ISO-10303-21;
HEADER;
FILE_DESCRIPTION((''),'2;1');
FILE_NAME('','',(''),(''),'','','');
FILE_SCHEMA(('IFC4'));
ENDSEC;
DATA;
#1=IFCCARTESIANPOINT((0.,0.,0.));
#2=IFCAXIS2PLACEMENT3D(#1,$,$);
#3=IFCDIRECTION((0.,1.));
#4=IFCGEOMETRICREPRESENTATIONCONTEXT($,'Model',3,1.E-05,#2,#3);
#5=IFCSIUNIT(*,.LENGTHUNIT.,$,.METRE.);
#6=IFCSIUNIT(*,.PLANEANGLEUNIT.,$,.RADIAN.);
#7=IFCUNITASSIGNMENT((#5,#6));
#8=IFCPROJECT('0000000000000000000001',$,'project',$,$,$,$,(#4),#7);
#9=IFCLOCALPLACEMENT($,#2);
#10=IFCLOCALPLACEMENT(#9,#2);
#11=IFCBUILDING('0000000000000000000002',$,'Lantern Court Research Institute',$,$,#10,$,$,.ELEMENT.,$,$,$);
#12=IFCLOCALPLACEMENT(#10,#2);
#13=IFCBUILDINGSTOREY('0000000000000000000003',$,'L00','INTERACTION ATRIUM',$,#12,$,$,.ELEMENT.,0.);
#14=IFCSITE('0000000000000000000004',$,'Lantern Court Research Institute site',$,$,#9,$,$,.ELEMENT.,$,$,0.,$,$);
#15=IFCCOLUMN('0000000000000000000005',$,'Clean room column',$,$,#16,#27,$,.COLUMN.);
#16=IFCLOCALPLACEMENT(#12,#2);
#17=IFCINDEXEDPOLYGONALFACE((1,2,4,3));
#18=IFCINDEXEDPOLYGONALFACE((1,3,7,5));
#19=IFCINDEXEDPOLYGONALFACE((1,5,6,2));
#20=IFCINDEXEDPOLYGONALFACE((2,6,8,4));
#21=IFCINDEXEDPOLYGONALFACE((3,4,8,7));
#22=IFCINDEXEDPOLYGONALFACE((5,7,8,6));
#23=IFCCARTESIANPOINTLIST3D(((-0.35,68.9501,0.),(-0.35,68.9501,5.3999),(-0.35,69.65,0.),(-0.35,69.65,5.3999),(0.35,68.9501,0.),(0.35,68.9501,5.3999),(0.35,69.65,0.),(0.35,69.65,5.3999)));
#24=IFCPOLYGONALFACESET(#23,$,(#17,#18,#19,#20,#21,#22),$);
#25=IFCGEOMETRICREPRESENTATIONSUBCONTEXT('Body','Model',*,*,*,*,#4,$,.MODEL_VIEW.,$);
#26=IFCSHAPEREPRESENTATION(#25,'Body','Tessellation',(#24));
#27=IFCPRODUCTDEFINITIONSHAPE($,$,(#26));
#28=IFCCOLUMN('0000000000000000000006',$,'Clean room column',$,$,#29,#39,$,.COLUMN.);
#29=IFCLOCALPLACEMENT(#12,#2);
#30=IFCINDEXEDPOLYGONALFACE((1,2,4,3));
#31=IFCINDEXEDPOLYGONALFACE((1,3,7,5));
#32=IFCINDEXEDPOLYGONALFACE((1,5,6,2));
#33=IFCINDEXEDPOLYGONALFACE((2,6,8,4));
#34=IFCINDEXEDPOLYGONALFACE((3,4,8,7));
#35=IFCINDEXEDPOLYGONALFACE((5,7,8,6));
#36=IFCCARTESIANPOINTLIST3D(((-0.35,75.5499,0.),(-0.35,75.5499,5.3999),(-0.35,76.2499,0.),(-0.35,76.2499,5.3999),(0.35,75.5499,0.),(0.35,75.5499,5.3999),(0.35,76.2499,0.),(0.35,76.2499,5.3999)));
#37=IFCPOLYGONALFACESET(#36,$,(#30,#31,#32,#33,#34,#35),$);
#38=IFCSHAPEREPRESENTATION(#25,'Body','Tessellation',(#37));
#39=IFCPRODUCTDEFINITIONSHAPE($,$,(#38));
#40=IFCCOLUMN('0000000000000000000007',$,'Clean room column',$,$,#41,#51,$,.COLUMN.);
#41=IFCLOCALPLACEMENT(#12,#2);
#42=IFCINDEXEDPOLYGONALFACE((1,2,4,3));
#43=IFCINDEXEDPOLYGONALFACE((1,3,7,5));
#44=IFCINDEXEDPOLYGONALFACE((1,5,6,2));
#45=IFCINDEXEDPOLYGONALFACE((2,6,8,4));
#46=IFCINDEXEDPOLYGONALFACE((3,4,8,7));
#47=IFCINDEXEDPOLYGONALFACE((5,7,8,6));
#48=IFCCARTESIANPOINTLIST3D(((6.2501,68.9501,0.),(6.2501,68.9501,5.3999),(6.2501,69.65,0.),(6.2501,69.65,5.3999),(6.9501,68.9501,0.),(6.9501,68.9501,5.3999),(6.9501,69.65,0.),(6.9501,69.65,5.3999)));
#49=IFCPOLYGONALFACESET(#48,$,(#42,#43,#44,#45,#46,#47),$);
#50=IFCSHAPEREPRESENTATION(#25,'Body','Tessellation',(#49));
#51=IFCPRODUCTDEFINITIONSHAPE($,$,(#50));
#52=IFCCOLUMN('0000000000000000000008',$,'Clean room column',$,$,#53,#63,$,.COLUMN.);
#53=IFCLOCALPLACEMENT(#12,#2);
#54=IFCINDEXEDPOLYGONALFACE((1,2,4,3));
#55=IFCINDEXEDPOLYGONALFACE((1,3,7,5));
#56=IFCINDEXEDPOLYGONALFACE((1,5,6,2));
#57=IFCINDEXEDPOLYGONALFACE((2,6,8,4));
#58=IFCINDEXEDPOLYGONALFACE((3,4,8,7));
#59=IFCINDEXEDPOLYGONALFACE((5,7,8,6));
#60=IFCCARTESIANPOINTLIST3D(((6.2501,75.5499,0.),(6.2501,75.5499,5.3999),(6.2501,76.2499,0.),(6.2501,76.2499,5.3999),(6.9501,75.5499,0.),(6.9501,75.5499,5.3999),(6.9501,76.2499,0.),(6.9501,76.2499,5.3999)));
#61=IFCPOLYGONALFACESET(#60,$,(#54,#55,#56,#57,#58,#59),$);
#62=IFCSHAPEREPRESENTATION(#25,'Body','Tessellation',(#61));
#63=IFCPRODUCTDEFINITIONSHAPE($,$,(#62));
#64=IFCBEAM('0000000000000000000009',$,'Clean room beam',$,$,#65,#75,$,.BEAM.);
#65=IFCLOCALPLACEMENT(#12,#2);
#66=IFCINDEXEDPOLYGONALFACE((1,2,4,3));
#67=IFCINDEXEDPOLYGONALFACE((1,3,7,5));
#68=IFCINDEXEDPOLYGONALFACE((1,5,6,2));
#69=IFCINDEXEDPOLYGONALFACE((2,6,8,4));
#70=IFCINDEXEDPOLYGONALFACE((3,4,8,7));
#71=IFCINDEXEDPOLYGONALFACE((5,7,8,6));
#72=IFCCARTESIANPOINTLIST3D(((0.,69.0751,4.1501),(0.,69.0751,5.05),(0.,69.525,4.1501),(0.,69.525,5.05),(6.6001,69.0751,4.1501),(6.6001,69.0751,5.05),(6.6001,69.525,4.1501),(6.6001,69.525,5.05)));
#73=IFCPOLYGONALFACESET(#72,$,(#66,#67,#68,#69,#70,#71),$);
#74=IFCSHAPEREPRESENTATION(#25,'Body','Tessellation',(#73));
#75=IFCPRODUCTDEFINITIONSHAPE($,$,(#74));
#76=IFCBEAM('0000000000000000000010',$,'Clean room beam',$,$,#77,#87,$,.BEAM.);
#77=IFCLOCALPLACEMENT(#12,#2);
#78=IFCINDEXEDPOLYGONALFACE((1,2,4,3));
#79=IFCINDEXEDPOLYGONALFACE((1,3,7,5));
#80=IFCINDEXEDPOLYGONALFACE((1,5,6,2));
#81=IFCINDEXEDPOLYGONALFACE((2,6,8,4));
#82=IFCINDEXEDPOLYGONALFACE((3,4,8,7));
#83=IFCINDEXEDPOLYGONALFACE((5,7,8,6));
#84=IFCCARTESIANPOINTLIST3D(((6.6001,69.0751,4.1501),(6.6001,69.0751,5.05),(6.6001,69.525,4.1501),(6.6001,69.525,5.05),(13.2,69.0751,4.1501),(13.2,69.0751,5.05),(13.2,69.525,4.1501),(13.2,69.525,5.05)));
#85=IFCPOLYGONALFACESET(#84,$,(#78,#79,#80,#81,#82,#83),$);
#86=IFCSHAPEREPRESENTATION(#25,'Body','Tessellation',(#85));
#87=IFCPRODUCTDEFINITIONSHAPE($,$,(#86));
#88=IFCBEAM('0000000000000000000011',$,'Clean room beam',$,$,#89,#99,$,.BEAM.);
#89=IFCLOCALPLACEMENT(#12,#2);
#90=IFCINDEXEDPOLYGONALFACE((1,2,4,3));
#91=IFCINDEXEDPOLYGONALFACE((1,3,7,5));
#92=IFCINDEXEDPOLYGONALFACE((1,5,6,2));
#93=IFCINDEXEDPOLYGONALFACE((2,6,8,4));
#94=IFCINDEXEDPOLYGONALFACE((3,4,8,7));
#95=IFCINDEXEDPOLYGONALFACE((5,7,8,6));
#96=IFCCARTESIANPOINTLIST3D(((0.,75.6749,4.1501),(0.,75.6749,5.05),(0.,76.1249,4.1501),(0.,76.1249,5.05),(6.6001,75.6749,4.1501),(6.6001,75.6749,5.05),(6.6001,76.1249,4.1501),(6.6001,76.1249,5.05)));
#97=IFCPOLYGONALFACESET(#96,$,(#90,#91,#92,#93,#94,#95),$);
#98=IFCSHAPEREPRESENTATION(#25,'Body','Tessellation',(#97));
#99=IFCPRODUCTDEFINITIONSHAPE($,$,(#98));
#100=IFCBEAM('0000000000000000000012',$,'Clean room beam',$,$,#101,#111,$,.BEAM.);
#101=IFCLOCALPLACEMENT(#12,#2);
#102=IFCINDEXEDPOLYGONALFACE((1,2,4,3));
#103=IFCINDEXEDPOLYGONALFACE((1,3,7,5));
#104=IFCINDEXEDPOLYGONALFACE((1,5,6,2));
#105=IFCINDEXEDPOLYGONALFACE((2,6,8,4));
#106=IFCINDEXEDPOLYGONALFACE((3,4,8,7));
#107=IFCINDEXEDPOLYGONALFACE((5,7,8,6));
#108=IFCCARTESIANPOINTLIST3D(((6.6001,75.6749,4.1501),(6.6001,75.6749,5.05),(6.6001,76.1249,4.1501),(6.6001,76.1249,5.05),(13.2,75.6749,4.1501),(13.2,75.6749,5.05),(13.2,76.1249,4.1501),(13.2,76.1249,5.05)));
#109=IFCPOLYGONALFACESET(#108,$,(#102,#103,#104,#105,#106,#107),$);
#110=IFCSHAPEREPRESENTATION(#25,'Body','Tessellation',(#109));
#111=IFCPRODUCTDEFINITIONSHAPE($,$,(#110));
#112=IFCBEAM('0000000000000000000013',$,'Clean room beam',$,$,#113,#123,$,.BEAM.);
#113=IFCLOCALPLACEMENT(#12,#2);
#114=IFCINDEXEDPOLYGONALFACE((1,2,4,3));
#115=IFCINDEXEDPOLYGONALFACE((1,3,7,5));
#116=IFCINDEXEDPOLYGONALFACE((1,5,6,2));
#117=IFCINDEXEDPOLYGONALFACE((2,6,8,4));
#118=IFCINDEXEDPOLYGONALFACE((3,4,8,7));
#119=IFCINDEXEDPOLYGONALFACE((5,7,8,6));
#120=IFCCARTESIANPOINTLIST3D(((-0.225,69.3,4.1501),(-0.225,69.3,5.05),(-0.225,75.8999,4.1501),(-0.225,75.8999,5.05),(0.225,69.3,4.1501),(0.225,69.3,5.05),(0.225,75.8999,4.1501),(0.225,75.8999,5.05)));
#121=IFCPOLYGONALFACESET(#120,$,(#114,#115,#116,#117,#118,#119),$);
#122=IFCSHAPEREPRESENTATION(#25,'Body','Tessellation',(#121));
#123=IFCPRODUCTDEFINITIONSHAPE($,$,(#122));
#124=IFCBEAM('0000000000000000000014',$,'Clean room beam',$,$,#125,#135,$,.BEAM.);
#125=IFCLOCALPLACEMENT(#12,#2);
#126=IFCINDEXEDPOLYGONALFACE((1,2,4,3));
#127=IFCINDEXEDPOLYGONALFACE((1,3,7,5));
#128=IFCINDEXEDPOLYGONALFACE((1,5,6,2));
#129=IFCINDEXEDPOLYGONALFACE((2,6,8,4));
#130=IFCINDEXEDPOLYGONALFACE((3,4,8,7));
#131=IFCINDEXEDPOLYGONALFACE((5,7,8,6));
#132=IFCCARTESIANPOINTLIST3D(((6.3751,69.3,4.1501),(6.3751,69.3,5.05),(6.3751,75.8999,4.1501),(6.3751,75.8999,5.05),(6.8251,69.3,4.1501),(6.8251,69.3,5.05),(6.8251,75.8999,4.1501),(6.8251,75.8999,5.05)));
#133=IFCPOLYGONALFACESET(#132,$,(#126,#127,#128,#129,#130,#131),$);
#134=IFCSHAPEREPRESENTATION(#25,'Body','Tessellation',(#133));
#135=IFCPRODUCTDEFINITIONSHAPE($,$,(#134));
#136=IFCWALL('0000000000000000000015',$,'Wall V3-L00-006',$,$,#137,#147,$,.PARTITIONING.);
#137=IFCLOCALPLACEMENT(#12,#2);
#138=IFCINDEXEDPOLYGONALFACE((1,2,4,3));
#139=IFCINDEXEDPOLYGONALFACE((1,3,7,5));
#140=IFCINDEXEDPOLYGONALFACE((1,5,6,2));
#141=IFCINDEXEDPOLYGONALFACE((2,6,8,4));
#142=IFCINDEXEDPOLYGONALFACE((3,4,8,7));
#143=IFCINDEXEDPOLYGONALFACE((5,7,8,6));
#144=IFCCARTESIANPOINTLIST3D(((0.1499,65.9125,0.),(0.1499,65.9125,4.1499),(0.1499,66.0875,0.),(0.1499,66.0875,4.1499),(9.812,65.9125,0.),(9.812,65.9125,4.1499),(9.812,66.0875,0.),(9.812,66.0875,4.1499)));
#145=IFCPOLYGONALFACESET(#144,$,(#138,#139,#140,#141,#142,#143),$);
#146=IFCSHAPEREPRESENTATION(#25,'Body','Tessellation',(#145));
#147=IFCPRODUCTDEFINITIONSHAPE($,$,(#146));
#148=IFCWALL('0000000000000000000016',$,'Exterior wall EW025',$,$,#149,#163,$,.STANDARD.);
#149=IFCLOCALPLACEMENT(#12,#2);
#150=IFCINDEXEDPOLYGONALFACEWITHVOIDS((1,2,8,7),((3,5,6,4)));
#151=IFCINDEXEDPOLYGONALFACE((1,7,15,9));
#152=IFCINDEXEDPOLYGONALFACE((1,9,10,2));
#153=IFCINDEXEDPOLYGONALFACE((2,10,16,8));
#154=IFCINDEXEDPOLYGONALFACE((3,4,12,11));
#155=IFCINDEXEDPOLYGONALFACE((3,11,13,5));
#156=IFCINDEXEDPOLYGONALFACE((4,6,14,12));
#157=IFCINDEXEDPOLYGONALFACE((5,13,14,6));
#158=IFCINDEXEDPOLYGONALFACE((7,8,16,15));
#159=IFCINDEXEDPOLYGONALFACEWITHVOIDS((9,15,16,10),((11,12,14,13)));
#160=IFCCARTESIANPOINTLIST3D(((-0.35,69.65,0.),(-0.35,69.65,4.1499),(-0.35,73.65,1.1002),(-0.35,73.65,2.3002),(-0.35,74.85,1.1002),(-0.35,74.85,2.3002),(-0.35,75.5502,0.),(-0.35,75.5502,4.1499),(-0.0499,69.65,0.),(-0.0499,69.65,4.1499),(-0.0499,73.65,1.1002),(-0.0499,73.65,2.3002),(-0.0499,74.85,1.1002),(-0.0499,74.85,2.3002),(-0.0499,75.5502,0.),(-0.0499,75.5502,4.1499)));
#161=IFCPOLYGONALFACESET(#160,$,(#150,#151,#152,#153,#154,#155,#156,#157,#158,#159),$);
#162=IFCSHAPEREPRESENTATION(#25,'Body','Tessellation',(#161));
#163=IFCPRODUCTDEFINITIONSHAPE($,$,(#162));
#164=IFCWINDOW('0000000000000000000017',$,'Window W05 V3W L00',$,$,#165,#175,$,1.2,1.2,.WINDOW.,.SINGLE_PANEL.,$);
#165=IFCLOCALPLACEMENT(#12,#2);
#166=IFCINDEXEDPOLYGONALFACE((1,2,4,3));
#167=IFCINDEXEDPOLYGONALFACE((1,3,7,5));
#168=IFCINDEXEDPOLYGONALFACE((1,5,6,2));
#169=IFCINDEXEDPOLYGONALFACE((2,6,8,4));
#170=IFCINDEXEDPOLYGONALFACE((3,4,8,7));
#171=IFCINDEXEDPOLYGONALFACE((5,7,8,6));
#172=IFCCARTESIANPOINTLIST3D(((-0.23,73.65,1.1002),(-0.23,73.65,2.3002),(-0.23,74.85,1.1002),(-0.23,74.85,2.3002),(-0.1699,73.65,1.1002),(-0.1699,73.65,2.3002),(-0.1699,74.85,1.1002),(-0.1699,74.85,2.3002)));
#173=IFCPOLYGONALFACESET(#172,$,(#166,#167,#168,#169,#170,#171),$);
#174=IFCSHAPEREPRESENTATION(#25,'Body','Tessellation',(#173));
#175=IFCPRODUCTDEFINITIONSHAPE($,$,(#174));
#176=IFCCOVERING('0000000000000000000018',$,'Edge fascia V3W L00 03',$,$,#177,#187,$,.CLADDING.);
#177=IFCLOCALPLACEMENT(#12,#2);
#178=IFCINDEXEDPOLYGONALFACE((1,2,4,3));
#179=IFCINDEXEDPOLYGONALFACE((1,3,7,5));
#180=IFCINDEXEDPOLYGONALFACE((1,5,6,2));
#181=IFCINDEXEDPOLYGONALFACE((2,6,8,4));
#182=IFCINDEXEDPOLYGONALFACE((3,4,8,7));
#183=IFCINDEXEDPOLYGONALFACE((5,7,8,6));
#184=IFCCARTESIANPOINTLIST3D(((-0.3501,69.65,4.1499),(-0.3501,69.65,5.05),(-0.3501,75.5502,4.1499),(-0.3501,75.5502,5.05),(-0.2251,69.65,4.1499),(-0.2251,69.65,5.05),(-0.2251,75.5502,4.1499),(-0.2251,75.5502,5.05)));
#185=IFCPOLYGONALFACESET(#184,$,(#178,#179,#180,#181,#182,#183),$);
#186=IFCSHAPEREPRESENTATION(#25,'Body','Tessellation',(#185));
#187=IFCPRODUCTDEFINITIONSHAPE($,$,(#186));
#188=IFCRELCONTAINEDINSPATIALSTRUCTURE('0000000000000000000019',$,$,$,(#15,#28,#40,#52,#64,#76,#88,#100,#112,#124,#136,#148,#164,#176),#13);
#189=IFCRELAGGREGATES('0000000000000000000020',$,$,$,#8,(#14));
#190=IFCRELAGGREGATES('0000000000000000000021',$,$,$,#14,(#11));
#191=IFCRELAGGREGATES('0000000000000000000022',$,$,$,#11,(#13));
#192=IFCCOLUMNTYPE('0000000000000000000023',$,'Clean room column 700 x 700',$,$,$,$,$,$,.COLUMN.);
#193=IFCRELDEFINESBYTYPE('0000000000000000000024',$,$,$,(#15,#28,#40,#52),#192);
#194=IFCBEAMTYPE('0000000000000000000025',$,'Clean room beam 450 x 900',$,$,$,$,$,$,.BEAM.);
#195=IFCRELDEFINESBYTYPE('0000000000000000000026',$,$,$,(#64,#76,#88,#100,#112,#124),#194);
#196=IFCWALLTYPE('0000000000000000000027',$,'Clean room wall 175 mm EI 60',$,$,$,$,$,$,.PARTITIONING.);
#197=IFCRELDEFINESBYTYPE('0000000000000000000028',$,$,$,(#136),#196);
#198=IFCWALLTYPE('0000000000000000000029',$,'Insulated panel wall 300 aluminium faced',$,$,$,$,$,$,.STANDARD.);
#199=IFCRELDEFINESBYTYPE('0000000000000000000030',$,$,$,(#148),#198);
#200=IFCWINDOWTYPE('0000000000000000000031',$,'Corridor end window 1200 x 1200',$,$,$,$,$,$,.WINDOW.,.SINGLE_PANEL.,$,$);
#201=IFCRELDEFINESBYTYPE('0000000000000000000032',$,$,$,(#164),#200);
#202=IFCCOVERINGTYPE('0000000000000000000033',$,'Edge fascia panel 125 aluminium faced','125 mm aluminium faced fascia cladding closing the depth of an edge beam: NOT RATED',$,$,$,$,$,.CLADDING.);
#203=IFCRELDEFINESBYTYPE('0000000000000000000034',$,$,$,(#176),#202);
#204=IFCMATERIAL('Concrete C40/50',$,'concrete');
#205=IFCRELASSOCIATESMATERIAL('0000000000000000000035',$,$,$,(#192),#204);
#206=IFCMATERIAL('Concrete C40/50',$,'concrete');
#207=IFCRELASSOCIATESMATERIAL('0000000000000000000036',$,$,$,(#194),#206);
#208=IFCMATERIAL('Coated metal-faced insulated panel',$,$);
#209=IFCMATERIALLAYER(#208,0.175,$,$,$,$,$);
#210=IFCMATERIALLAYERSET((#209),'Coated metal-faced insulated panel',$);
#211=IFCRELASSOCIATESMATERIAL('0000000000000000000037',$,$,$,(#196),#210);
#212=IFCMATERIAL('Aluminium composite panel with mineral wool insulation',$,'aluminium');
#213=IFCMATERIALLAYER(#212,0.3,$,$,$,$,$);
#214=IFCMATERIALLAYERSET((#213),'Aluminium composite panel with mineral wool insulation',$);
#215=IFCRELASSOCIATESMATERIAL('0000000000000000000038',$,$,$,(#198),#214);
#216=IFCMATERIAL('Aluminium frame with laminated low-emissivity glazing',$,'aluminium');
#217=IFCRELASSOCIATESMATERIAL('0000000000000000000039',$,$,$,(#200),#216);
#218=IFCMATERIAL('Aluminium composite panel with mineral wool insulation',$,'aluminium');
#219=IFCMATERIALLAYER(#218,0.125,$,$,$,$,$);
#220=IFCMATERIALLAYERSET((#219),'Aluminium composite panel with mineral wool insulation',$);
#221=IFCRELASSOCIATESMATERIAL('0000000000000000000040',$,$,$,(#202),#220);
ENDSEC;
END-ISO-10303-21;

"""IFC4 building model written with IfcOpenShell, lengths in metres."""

from ifc_helpers import new_model, si_unit, direction, frame, frame_2d, origin, origin_2d, place, context, subcontext, project, spatial, rectangle, extrude, material, layer, layer_set, material_profile, profile_set, type_object, element, fill, save


model = new_model("IFC4")

# Units and contexts
model_context = context("Model", 3, precision=1e-05, world=origin(), true_north=direction((0.0, 1.0)))
body_context = subcontext(model_context, "Body", "Model", "MODEL_VIEW")
ifc_project = project(units=[si_unit("LENGTHUNIT", "METRE"), si_unit("PLANEANGLEUNIT", "RADIAN")], contexts=[model_context])

# Site, building, storey
site_placement = place(None, origin())
site = spatial("IfcSite", under=ifc_project, at=site_placement, Name="Lantern Court Research Institute site", CompositionType="ELEMENT", RefElevation=0.0)
building_placement = place(site_placement, origin())
building = spatial("IfcBuilding", under=site, at=building_placement, Name="Lantern Court Research Institute", CompositionType="ELEMENT")
storey_placement = place(building_placement, origin())
storey = spatial("IfcBuildingStorey", under=building, at=storey_placement, Name="L00", Description="INTERACTION ATRIUM", CompositionType="ELEMENT", Elevation=0.0)

# Columns
ifc_material_1 = material(Name="Concrete C40/50", Category="concrete")
ifc_material_profile_1 = material_profile(ifc_material_1, rectangle(XDim=0.7, YDim=0.7, at=origin_2d()), Name="Clean room column 700 x 700")
ifc_profile_set_1 = profile_set([ifc_material_profile_1], Name="Concrete C40/50")
column_type = type_object("IfcColumnType", Name="Clean room column 700 x 700", PredefinedType="COLUMN", material=ifc_profile_set_1)
for number, where, z_axis, x_axis, name in (
    (1, (0.0, 69.3, 0.0), (0.0, 0.0, 1.0), (1.0, 0.0, 0.0), "Clean room column"),
    (2, (0.0, 75.8999, 0.0), (0.0, 0.0, 1.0), (1.0, 0.0, 0.0), "Clean room column"),
    (3, (6.6001, 69.3, 0.0), (0.0, 0.0, 1.0), (1.0, 0.0, 0.0), "Clean room column"),
    (4, (6.6001, 75.8999, 0.0), (0.0, 0.0, 1.0), (1.0, 0.0, 0.0), "Clean room column"),
):
    element("IfcColumn", number, at=place(storey_placement, frame(where, z_axis=z_axis, x_axis=x_axis)), inside=storey, type_object=column_type, Name=name, PredefinedType="COLUMN", context=body_context, shape_type="SweptSolid", body=[
        extrude(rectangle(XDim=0.7, YDim=0.7, at=origin_2d()), origin(), (0.0, 0.0, 1.0), 5.3999),
    ])

# Beams
ifc_material_2 = material(Name="Concrete C40/50", Category="concrete")
ifc_material_profile_2 = material_profile(ifc_material_2, rectangle(XDim=0.45, YDim=0.8999, at=origin_2d()), Name="Clean room beam 450 x 900")
ifc_profile_set_2 = profile_set([ifc_material_profile_2], Name="Concrete C40/50")
beam_type = type_object("IfcBeamType", Name="Clean room beam 450 x 900", PredefinedType="BEAM", material=ifc_profile_set_2)
beam_1_placement = place(storey_placement, frame((0.0, 69.3, 4.6001), z_axis=(1.0, 0.0, 0.0), x_axis=(0.0, 1.0, 0.0)))
element("IfcBeam", 5, at=beam_1_placement, inside=storey, type_object=beam_type, Name="Clean room beam", PredefinedType="BEAM", context=body_context, shape_type="SweptSolid", body=[
    extrude(rectangle(XDim=0.45, YDim=0.8999, at=origin_2d()), origin(), (0.0, 0.0, 1.0), 6.6001),
])
beam_2_placement = place(storey_placement, frame((6.6001, 69.3, 4.6001), z_axis=(1.0, 0.0, 0.0), x_axis=(0.0, 1.0, 0.0)))
element("IfcBeam", 6, at=beam_2_placement, inside=storey, type_object=beam_type, Name="Clean room beam", PredefinedType="BEAM", context=body_context, shape_type="SweptSolid", body=[
    extrude(rectangle(XDim=0.45, YDim=0.8999, at=origin_2d()), origin(), (0.0, 0.0, 1.0), 6.5999),
])
beam_3_placement = place(storey_placement, frame((0.0, 75.8999, 4.6001), z_axis=(1.0, 0.0, 0.0), x_axis=(0.0, 1.0, 0.0)))
element("IfcBeam", 7, at=beam_3_placement, inside=storey, type_object=beam_type, Name="Clean room beam", PredefinedType="BEAM", context=body_context, shape_type="SweptSolid", body=[
    extrude(rectangle(XDim=0.45, YDim=0.8999, at=origin_2d()), origin(), (0.0, 0.0, 1.0), 6.6001),
])
for number, where, z_axis, x_axis, name in (
    (8, (6.6001, 75.8999, 4.6001), (1.0, 0.0, 0.0), (0.0, 1.0, 0.0), "Clean room beam"),
    (9, (0.0, 69.3, 4.6001), (0.0, 1.0, 0.0), (-1.0, 0.0, 0.0), "Clean room beam"),
    (10, (6.6001, 69.3, 4.6001), (0.0, 1.0, 0.0), (-1.0, 0.0, 0.0), "Clean room beam"),
):
    element("IfcBeam", number, at=place(storey_placement, frame(where, z_axis=z_axis, x_axis=x_axis)), inside=storey, type_object=beam_type, Name=name, PredefinedType="BEAM", context=body_context, shape_type="SweptSolid", body=[
        extrude(rectangle(XDim=0.45, YDim=0.8999, at=origin_2d()), origin(), (0.0, 0.0, 1.0), 6.5999),
    ])

# Wall
ifc_material_3 = material(Name="Coated metal-faced insulated panel")
ifc_layer_1 = layer(ifc_material_3, 0.175)
ifc_layer_set_1 = layer_set([ifc_layer_1], Name="Coated metal-faced insulated panel")
wall_type_1 = type_object("IfcWallType", Name="Clean room wall 175 mm EI 60", PredefinedType="PARTITIONING", material=ifc_layer_set_1)
wall_1_placement = place(storey_placement, frame((0.1499, 66.0, 0.0), z_axis=(0.0, 0.0, 1.0), x_axis=(1.0, 0.0, 0.0)))
element("IfcWall", 11, at=wall_1_placement, inside=storey, type_object=wall_type_1, Name="Wall V3-L00-006", PredefinedType="PARTITIONING", context=body_context, shape_type="SweptSolid", body=[
    extrude(rectangle(XDim=9.6621, YDim=0.175, at=frame_2d((4.8311, 0.0))), origin(), (0.0, 0.0, 1.0), 4.1499),
])

# Wall, opening, window
ifc_material_4 = material(Name="Aluminium composite panel with mineral wool insulation", Category="aluminium")
ifc_layer_2 = layer(ifc_material_4, 0.3)
ifc_layer_set_2 = layer_set([ifc_layer_2], Name="Aluminium composite panel with mineral wool insulation")
wall_type_2 = type_object("IfcWallType", Name="Insulated panel wall 300 aluminium faced", PredefinedType="STANDARD", material=ifc_layer_set_2)
wall_2_placement = place(storey_placement, frame((-0.2, 69.6499, 0.0), z_axis=(0.0, 0.0, 1.0), x_axis=(0.0, 1.0, 0.0)))
wall_2 = element("IfcWall", 12, at=wall_2_placement, inside=storey, type_object=wall_type_2, Name="Exterior wall EW025", PredefinedType="STANDARD", context=body_context, shape_type="SweptSolid", body=[
    extrude(rectangle(XDim=5.9001, YDim=0.3, at=frame_2d((2.9502, 0.0))), origin(), (0.0, 0.0, 1.0), 4.1499),
])
opening_placement = place(wall_2_placement, frame((4.0, 0.0, 1.1001)))
opening = element("IfcOpeningElement", 13, at=opening_placement, cuts=wall_2, PredefinedType="OPENING", context=body_context, shape_type="SweptSolid", body=[
    extrude(rectangle(XDim=1.2, YDim=1.2, at=frame_2d((0.6001, 0.6001))), frame((0.0, 0.1599, 0.0), z_axis=(0.0, -1.0, 0.0), x_axis=(1.0, 0.0, 0.0)), (0.0, 0.0, 1.0), 0.3201),
])
ifc_material_5 = material(Name="Aluminium frame with laminated low-emissivity glazing", Category="aluminium")
window_type = type_object("IfcWindowType", Name="Corridor end window 1200 x 1200", PartitioningType="SINGLE_PANEL", PredefinedType="WINDOW", material=ifc_material_5)
window_placement = place(opening_placement, origin())
window = element("IfcWindow", 14, at=window_placement, inside=storey, type_object=window_type, Name="Window W05 V3W L00", OverallHeight=1.2, OverallWidth=1.2, PartitioningType="SINGLE_PANEL", PredefinedType="WINDOW", context=body_context, shape_type="SweptSolid", body=[
    extrude(rectangle(XDim=1.2, YDim=1.2, at=frame_2d((0.6001, 0.6001))), frame((0.0, 0.03, 0.0), z_axis=(0.0, -1.0, 0.0), x_axis=(1.0, 0.0, 0.0)), (0.0, 0.0, 1.0), 0.0601),
])
fill(opening, window)

# Covering
ifc_material_6 = material(Name="Aluminium composite panel with mineral wool insulation", Category="aluminium")
ifc_layer_3 = layer(ifc_material_6, 0.125)
ifc_layer_set_3 = layer_set([ifc_layer_3], Name="Aluminium composite panel with mineral wool insulation")
covering_type_1 = type_object("IfcCoveringType", Name="Edge fascia panel 125 aluminium faced", Description="125 mm aluminium faced fascia cladding closing the depth of an edge beam: NOT RATED", PredefinedType="CLADDING", material=ifc_layer_set_3)
covering_1_placement = place(storey_placement, frame((-0.2876, 69.6499, 4.1499), z_axis=(0.0, 0.0, 1.0), x_axis=(0.0, 1.0, 0.0)))
element("IfcCovering", 15, at=covering_1_placement, inside=storey, type_object=covering_type_1, Name="Edge fascia V3W L00 03", PredefinedType="CLADDING", context=body_context, shape_type="SweptSolid", body=[
    extrude(rectangle(XDim=5.9001, YDim=0.125, at=frame_2d((2.9502, 0.0))), origin(), (0.0, 0.0, 1.0), 0.9001),
])

save(model, "model.ifc")
